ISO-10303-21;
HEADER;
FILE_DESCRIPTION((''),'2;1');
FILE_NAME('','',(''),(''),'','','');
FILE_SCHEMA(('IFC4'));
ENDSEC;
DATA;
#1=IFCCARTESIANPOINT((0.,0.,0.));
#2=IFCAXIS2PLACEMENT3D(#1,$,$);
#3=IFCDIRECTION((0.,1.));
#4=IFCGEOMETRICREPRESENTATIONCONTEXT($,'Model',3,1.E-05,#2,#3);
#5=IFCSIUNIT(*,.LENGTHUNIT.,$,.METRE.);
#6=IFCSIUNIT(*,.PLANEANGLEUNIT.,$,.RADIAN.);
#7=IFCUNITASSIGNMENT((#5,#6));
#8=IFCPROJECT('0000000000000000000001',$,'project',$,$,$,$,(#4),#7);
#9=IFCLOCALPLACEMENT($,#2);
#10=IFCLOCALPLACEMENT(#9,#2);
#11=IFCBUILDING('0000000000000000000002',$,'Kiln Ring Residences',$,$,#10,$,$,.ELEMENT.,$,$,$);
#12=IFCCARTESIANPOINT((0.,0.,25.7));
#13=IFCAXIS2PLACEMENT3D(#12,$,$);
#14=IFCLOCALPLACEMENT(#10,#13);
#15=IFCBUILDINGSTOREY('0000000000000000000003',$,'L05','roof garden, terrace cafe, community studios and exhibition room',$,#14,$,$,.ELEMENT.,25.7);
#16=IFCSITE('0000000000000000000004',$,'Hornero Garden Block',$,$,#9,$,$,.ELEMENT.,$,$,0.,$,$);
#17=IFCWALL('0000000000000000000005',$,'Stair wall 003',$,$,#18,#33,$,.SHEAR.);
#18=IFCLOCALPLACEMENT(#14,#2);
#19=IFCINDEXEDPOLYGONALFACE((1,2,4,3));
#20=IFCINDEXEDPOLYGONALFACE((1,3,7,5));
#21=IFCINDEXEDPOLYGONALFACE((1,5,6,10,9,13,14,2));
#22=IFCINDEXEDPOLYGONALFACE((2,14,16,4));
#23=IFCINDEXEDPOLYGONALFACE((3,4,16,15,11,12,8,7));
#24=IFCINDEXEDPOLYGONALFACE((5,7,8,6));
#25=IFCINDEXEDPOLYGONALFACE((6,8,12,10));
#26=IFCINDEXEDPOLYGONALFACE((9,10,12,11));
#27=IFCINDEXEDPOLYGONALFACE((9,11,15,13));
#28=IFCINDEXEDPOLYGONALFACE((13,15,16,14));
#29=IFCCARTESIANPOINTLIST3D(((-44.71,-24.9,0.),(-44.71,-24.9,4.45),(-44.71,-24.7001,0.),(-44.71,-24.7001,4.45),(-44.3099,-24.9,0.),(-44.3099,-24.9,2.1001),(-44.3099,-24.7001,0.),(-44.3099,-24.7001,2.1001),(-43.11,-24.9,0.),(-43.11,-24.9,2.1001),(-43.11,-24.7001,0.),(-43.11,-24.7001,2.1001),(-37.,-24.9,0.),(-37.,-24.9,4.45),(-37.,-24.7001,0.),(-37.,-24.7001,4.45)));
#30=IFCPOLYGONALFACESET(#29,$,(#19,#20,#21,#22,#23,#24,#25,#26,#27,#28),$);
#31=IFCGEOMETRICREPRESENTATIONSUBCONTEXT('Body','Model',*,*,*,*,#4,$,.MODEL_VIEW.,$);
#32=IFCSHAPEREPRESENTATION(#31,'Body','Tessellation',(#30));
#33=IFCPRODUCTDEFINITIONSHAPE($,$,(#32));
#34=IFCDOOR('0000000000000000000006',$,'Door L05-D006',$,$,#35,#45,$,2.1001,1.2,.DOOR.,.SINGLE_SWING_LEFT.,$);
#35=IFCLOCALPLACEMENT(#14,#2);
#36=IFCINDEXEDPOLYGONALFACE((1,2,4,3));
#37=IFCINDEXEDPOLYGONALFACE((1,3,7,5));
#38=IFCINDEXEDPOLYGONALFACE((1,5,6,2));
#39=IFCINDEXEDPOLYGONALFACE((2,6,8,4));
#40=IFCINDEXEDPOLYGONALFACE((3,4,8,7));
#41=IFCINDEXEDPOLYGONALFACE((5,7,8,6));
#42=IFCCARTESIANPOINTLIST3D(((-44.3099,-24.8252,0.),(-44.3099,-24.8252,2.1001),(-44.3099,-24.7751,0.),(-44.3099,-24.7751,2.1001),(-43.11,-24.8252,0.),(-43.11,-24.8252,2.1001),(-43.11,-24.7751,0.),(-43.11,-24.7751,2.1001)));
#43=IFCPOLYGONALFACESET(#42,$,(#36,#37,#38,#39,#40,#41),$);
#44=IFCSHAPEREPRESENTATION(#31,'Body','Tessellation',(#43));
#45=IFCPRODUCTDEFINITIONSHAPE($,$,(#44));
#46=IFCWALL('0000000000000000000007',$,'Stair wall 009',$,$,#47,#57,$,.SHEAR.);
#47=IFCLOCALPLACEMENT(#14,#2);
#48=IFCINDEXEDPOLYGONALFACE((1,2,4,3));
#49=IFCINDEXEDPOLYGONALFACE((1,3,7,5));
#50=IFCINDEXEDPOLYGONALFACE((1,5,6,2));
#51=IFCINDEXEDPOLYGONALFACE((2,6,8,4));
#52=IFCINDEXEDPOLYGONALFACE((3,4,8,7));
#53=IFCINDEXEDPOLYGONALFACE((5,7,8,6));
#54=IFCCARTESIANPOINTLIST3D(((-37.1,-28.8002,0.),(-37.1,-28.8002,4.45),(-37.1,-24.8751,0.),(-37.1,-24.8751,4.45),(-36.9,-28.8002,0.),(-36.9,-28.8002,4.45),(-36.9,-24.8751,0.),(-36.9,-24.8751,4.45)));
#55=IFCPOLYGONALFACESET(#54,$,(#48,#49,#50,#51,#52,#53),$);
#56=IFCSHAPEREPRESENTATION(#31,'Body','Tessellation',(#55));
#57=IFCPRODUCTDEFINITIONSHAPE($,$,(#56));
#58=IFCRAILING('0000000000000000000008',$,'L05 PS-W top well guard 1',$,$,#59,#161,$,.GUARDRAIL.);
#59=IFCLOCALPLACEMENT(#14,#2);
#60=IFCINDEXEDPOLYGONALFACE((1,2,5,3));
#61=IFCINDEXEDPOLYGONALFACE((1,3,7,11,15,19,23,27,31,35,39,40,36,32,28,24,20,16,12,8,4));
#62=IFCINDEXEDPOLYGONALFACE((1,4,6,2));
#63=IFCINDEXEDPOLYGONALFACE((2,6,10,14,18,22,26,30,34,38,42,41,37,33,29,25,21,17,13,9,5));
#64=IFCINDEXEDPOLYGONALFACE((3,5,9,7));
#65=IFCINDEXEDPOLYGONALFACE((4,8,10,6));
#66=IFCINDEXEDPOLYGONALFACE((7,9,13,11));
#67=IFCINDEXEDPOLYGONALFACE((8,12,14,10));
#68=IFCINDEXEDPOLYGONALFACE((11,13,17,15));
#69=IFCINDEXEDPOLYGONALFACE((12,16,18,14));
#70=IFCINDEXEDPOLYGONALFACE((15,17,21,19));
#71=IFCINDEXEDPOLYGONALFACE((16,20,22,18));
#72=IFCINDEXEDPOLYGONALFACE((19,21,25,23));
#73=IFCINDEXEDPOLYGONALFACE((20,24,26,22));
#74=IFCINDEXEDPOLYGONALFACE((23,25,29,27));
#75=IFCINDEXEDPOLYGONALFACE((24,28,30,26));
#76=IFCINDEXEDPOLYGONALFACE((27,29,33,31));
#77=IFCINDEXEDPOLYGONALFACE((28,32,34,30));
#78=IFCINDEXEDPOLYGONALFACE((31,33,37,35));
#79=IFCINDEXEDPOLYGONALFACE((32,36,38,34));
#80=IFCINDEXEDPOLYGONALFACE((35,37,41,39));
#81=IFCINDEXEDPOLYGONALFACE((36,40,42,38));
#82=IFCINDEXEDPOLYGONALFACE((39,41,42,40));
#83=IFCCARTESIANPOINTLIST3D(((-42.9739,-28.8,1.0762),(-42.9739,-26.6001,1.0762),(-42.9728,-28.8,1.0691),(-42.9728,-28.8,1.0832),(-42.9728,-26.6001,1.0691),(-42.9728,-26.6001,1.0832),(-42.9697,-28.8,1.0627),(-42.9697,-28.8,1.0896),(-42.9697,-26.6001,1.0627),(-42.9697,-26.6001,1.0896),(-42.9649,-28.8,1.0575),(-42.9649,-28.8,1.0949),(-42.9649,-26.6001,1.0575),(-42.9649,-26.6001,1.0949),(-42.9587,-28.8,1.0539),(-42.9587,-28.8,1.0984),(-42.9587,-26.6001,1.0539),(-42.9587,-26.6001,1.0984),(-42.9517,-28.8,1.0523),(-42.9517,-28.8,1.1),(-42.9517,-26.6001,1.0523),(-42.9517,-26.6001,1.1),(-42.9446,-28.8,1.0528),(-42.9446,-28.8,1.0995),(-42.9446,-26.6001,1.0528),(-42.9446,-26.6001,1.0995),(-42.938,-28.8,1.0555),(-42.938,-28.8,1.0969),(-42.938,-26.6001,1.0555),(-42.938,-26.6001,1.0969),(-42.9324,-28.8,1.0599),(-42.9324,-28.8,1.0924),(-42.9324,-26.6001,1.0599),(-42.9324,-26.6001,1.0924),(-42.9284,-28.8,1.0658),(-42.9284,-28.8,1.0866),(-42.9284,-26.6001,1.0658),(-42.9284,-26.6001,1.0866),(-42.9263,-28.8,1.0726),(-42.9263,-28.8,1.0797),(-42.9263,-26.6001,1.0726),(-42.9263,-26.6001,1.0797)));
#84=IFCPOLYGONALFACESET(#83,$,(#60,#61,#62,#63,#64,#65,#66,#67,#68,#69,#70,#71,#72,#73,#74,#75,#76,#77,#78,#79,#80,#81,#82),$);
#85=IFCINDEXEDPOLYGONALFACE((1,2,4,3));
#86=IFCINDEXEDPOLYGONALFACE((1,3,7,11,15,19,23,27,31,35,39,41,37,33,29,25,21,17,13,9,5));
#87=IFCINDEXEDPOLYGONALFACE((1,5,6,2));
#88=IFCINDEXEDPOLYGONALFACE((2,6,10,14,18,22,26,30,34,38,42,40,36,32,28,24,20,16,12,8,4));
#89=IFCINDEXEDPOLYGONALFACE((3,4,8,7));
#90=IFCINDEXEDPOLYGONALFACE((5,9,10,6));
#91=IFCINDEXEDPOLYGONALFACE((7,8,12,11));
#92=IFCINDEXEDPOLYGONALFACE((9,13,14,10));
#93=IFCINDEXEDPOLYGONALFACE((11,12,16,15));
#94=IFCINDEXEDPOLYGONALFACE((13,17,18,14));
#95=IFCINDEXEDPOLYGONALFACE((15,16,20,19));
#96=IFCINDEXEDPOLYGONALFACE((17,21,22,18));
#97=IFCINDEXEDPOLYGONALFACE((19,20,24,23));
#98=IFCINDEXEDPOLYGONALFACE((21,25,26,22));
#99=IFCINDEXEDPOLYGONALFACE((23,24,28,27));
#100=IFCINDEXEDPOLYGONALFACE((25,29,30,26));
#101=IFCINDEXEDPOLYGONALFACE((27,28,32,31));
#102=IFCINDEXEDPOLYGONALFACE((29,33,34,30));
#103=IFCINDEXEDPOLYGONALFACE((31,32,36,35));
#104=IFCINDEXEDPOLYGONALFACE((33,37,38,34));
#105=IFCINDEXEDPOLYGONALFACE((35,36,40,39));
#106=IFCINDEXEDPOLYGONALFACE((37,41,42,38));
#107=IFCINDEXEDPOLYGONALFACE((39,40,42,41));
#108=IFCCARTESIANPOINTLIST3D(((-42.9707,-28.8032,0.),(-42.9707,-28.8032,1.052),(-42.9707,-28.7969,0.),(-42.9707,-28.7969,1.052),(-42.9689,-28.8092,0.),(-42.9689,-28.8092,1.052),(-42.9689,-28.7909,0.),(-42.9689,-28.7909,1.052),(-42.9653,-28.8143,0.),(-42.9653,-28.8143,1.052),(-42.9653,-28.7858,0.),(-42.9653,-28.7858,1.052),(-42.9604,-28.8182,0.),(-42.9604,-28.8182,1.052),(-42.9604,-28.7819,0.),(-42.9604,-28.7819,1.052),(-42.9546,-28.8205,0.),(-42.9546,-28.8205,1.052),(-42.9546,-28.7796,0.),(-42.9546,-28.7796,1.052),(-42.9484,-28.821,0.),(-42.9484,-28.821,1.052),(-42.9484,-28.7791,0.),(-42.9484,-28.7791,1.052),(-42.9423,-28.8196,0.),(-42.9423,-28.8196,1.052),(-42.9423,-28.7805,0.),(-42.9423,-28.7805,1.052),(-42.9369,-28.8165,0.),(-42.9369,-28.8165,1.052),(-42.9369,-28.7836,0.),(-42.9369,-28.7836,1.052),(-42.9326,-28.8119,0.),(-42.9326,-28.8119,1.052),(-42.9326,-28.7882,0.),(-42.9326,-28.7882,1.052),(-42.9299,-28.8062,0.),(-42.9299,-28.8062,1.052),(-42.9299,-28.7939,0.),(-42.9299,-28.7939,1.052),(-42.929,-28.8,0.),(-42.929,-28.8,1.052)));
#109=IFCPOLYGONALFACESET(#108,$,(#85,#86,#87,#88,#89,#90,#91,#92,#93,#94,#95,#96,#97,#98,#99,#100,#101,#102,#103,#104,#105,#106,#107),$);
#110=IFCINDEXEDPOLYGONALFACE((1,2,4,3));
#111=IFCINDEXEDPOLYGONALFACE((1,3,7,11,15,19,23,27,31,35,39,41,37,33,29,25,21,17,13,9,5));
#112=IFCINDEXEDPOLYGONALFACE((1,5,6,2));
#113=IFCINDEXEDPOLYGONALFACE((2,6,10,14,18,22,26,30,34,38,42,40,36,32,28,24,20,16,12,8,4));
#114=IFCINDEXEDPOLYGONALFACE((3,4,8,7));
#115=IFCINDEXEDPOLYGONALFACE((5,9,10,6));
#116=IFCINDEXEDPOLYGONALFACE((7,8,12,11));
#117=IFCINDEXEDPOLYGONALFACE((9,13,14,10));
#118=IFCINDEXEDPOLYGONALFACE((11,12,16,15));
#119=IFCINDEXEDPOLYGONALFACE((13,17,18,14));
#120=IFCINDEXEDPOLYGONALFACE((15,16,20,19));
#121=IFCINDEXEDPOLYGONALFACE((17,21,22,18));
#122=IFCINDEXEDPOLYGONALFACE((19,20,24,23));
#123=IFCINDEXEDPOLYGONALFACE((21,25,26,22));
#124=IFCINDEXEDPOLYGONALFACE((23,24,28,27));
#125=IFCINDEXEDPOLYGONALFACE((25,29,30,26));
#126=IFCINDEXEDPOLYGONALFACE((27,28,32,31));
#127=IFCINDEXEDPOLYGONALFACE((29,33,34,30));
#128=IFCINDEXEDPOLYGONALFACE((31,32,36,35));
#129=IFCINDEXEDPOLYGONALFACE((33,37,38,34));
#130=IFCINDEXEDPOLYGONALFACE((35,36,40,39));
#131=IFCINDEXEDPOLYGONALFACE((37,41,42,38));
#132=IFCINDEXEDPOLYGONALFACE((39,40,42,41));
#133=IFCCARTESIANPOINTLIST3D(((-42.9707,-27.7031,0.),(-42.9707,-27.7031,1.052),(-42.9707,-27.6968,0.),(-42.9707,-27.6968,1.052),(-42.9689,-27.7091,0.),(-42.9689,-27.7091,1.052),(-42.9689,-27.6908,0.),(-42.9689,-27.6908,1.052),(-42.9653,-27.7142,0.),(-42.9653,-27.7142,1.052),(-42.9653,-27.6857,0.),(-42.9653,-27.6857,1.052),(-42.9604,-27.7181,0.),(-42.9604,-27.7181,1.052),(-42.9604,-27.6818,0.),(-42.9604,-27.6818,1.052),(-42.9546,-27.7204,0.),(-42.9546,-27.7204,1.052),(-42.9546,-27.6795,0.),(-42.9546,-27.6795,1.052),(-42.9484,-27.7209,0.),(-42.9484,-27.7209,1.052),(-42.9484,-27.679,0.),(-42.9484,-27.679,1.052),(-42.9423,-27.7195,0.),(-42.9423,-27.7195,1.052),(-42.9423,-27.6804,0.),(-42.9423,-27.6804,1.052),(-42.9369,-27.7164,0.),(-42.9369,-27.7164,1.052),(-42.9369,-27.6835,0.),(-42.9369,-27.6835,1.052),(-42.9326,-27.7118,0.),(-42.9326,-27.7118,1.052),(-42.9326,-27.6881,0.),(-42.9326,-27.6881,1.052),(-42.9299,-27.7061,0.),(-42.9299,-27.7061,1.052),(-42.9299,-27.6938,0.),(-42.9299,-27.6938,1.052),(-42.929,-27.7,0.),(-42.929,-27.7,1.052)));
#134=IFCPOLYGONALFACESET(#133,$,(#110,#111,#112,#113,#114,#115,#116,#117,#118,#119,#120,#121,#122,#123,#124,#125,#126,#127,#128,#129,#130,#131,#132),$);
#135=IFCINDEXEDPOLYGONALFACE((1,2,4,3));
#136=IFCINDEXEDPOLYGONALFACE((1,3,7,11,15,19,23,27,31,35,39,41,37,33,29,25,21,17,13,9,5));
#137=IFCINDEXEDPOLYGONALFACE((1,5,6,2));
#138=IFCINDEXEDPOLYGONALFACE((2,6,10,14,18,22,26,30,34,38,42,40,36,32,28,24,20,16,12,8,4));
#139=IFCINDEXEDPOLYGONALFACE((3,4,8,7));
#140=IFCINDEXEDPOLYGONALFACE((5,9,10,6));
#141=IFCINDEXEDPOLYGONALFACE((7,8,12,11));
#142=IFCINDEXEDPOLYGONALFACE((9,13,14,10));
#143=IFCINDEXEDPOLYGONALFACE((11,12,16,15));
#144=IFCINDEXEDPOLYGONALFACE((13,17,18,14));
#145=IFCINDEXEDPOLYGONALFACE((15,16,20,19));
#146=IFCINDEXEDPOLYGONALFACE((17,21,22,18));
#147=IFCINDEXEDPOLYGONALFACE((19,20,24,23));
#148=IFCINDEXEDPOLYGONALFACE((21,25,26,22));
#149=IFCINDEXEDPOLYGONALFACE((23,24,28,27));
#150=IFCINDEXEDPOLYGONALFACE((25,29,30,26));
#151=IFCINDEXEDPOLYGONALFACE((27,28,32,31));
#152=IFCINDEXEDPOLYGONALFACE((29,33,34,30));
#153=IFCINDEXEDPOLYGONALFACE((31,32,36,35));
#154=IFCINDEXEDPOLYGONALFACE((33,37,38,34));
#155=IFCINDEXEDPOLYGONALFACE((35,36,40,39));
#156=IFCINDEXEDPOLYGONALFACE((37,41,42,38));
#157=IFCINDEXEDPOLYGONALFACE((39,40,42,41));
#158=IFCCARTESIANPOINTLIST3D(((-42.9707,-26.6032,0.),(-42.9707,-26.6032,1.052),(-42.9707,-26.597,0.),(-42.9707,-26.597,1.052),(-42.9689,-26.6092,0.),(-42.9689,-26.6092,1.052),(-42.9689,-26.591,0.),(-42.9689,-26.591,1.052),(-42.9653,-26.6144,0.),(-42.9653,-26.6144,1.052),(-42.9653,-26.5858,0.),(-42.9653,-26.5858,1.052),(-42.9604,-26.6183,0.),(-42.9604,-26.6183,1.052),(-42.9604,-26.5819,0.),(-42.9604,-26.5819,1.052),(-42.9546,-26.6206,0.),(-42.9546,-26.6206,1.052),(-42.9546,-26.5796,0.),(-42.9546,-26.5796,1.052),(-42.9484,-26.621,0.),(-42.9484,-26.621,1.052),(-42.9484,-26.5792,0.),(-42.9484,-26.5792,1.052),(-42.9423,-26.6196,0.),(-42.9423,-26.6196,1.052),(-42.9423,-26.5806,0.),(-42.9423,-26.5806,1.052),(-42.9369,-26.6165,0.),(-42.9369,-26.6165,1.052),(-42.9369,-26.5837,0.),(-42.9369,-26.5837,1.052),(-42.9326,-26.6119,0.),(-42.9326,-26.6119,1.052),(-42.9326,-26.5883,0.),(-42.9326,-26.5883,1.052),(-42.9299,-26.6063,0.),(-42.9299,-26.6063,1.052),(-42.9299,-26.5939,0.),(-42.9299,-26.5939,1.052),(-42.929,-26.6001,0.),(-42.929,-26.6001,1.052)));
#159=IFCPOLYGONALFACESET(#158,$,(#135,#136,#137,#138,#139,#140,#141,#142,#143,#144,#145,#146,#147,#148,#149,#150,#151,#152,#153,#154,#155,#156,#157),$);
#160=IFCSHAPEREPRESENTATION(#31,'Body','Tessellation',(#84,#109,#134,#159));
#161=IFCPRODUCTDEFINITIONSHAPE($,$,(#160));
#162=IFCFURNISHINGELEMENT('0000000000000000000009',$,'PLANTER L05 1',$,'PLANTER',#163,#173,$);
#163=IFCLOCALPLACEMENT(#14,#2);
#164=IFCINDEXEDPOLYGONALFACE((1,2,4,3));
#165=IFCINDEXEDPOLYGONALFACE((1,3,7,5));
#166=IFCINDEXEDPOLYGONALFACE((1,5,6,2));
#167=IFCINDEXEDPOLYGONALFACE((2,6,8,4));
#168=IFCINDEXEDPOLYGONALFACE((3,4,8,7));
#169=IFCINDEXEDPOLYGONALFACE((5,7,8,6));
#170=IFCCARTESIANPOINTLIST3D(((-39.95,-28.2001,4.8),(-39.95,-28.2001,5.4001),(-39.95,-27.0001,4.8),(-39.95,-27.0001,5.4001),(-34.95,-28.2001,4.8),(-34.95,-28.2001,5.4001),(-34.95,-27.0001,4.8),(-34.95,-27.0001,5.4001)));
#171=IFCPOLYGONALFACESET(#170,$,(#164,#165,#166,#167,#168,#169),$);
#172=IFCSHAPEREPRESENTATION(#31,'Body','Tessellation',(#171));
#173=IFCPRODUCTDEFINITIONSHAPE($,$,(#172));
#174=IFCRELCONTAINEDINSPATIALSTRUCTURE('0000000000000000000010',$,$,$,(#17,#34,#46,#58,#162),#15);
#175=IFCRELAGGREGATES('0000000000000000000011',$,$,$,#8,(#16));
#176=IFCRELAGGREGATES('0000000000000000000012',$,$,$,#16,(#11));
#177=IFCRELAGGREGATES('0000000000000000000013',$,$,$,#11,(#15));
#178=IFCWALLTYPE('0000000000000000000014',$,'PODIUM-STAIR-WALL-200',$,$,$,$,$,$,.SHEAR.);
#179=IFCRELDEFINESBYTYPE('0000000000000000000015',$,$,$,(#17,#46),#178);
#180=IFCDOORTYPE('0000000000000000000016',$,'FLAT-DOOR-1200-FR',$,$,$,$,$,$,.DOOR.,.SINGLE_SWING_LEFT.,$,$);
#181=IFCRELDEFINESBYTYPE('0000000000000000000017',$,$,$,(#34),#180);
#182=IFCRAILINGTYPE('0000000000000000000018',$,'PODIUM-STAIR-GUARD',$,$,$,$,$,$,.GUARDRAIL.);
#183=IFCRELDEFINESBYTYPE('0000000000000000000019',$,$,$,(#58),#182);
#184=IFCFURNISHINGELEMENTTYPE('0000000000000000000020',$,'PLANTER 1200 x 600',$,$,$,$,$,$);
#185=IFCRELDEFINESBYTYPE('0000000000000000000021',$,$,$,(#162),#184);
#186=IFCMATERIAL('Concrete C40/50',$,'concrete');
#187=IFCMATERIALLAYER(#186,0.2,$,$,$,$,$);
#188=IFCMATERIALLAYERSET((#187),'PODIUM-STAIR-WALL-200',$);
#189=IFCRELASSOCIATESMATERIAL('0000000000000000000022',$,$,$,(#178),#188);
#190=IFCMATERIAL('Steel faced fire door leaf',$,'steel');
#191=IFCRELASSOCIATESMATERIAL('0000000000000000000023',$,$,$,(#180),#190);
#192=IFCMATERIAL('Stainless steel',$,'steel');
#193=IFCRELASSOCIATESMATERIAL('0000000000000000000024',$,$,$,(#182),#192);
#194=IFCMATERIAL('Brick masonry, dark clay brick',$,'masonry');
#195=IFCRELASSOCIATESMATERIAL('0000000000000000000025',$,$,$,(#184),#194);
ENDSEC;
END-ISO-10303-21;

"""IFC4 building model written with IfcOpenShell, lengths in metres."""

from ifc_helpers import new_model, si_unit, direction, frame, frame_2d, origin, origin_2d, place, context, subcontext, project, spatial, rectangle, circle, extrude, material, layer, layer_set, type_object, element, fill, save


model = new_model("IFC4")

# Units and contexts
model_context = context("Model", 3, precision=1e-05, world=origin(), true_north=direction((0.0, 1.0)))
body_context = subcontext(model_context, "Body", "Model", "MODEL_VIEW")
ifc_project = project(units=[si_unit("LENGTHUNIT", "METRE"), si_unit("PLANEANGLEUNIT", "RADIAN")], contexts=[model_context])

# Site, building, storey
site_placement = place(None, origin())
site = spatial("IfcSite", under=ifc_project, at=site_placement, Name="Hornero Garden Block", CompositionType="ELEMENT", RefElevation=0.0)
building_placement = place(site_placement, origin())
building = spatial("IfcBuilding", under=site, at=building_placement, Name="Kiln Ring Residences", CompositionType="ELEMENT")
storey_placement = place(building_placement, frame((0.0, 0.0, 25.7)))
storey = spatial("IfcBuildingStorey", under=building, at=storey_placement, Name="L05", Description="roof garden, terrace cafe, community studios and exhibition room", CompositionType="ELEMENT", Elevation=25.7)

# Shared definitions
ifc_material_1 = material(Name="Concrete C40/50", Category="concrete")
ifc_layer_1 = layer(ifc_material_1, 0.2)
ifc_layer_set_1 = layer_set([ifc_layer_1], Name="PODIUM-STAIR-WALL-200")
wall_type_1 = type_object("IfcWallType", Name="PODIUM-STAIR-WALL-200", PredefinedType="SHEAR", material=ifc_layer_set_1)

# Wall, opening, door
wall_1_placement = place(storey_placement, frame((-44.71, -24.8, 0.0), z_axis=(0.0, 0.0, 1.0), x_axis=(1.0, 0.0, 0.0)))
wall_1 = element("IfcWall", 1, at=wall_1_placement, inside=storey, type_object=wall_type_1, Name="Stair wall 003", PredefinedType="SHEAR", context=body_context, shape_type="SweptSolid", body=[
    extrude(rectangle(XDim=7.71, YDim=0.2, at=frame_2d((3.855, 0.0))), origin(), (0.0, 0.0, 1.0), 4.45),
])
opening_1_placement = place(wall_1_placement, frame((0.3999, 0.0, 0.0)))
opening_1 = element("IfcOpeningElement", 2, at=opening_1_placement, cuts=wall_1, PredefinedType="OPENING", context=body_context, shape_type="SweptSolid", body=[
    extrude(rectangle(XDim=1.2, YDim=2.1001, at=frame_2d((0.6001, 1.05))), frame((0.0, 0.1099, 0.0), z_axis=(0.0, -1.0, 0.0), x_axis=(1.0, 0.0, 0.0)), (0.0, 0.0, 1.0), 0.22),
])
ifc_material_2 = material(Name="Steel faced fire door leaf", Category="steel")
door_type_1 = type_object("IfcDoorType", Name="FLAT-DOOR-1200-FR", OperationType="SINGLE_SWING_LEFT", PredefinedType="DOOR", material=ifc_material_2)
door_1_placement = place(opening_1_placement, origin())
door_1 = element("IfcDoor", 3, at=door_1_placement, inside=storey, type_object=door_type_1, Name="Door L05-D006", OperationType="SINGLE_SWING_LEFT", OverallHeight=2.1001, OverallWidth=1.2, PredefinedType="DOOR", context=body_context, shape_type="SweptSolid", body=[
    extrude(rectangle(XDim=1.2, YDim=2.1001, at=frame_2d((0.6001, 1.05))), frame((0.0, 0.0249, 0.0), z_axis=(0.0, -1.0, 0.0), x_axis=(1.0, 0.0, 0.0)), (0.0, 0.0, 1.0), 0.05),
])
fill(opening_1, door_1)

# Wall
wall_2_placement = place(storey_placement, frame((-37.0, -28.8, 0.0), z_axis=(0.0, 0.0, 1.0), x_axis=(0.0, 1.0, 0.0)))
element("IfcWall", 4, at=wall_2_placement, inside=storey, type_object=wall_type_1, Name="Stair wall 009", PredefinedType="SHEAR", context=body_context, shape_type="SweptSolid", body=[
    extrude(rectangle(XDim=3.925, YDim=0.2, at=frame_2d((1.9624, 0.0))), origin(), (0.0, 0.0, 1.0), 4.45),
])

# Railing
ifc_material_3 = material(Name="Stainless steel", Category="steel")
railing_type = type_object("IfcRailingType", Name="PODIUM-STAIR-GUARD", PredefinedType="GUARDRAIL", material=ifc_material_3)
railing_placement = place(storey_placement, frame((-42.95, -28.8, 0.0)))
element("IfcRailing", 5, at=railing_placement, inside=storey, type_object=railing_type, Name="L05 PS-W top well guard 1", PredefinedType="GUARDRAIL", context=body_context, shape_type="SweptSolid", body=[
    extrude(circle(Radius=0.0239, at=origin_2d()), frame((0.0, 0.0, 1.0762), z_axis=(0.0, 1.0, 0.0), x_axis=(-1.0, 0.0, 0.0)), (0.0, 0.0, 1.0), 2.2),
    extrude(circle(Radius=0.021, at=origin_2d()), origin(), (0.0, 0.0, 1.0), 1.052),
    extrude(circle(Radius=0.021, at=origin_2d()), frame((0.0, 1.1001, 0.0)), (0.0, 0.0, 1.0), 1.052),
    extrude(circle(Radius=0.021, at=origin_2d()), frame((0.0, 2.2, 0.0)), (0.0, 0.0, 1.0), 1.052),
])

# Furnishing element
ifc_material_4 = material(Name="Brick masonry, dark clay brick", Category="masonry")
furnishing_element_type = type_object("IfcFurnishingElementType", Name="PLANTER 1200 x 600", material=ifc_material_4)
furnishing_placement = place(storey_placement, frame((-37.45, -27.6001, 4.8), z_axis=(0.0, 0.0, 1.0), x_axis=(1.0, 0.0, 0.0)))
element("IfcFurnishingElement", 6, at=furnishing_placement, inside=storey, type_object=furnishing_element_type, Name="PLANTER L05 1", ObjectType="PLANTER", context=body_context, shape_type="SweptSolid", body=[
    extrude(rectangle(XDim=5.0, YDim=1.2, at=origin_2d()), origin(), (0.0, 0.0, 1.0), 0.6001),
])

save(model, "model.ifc")
